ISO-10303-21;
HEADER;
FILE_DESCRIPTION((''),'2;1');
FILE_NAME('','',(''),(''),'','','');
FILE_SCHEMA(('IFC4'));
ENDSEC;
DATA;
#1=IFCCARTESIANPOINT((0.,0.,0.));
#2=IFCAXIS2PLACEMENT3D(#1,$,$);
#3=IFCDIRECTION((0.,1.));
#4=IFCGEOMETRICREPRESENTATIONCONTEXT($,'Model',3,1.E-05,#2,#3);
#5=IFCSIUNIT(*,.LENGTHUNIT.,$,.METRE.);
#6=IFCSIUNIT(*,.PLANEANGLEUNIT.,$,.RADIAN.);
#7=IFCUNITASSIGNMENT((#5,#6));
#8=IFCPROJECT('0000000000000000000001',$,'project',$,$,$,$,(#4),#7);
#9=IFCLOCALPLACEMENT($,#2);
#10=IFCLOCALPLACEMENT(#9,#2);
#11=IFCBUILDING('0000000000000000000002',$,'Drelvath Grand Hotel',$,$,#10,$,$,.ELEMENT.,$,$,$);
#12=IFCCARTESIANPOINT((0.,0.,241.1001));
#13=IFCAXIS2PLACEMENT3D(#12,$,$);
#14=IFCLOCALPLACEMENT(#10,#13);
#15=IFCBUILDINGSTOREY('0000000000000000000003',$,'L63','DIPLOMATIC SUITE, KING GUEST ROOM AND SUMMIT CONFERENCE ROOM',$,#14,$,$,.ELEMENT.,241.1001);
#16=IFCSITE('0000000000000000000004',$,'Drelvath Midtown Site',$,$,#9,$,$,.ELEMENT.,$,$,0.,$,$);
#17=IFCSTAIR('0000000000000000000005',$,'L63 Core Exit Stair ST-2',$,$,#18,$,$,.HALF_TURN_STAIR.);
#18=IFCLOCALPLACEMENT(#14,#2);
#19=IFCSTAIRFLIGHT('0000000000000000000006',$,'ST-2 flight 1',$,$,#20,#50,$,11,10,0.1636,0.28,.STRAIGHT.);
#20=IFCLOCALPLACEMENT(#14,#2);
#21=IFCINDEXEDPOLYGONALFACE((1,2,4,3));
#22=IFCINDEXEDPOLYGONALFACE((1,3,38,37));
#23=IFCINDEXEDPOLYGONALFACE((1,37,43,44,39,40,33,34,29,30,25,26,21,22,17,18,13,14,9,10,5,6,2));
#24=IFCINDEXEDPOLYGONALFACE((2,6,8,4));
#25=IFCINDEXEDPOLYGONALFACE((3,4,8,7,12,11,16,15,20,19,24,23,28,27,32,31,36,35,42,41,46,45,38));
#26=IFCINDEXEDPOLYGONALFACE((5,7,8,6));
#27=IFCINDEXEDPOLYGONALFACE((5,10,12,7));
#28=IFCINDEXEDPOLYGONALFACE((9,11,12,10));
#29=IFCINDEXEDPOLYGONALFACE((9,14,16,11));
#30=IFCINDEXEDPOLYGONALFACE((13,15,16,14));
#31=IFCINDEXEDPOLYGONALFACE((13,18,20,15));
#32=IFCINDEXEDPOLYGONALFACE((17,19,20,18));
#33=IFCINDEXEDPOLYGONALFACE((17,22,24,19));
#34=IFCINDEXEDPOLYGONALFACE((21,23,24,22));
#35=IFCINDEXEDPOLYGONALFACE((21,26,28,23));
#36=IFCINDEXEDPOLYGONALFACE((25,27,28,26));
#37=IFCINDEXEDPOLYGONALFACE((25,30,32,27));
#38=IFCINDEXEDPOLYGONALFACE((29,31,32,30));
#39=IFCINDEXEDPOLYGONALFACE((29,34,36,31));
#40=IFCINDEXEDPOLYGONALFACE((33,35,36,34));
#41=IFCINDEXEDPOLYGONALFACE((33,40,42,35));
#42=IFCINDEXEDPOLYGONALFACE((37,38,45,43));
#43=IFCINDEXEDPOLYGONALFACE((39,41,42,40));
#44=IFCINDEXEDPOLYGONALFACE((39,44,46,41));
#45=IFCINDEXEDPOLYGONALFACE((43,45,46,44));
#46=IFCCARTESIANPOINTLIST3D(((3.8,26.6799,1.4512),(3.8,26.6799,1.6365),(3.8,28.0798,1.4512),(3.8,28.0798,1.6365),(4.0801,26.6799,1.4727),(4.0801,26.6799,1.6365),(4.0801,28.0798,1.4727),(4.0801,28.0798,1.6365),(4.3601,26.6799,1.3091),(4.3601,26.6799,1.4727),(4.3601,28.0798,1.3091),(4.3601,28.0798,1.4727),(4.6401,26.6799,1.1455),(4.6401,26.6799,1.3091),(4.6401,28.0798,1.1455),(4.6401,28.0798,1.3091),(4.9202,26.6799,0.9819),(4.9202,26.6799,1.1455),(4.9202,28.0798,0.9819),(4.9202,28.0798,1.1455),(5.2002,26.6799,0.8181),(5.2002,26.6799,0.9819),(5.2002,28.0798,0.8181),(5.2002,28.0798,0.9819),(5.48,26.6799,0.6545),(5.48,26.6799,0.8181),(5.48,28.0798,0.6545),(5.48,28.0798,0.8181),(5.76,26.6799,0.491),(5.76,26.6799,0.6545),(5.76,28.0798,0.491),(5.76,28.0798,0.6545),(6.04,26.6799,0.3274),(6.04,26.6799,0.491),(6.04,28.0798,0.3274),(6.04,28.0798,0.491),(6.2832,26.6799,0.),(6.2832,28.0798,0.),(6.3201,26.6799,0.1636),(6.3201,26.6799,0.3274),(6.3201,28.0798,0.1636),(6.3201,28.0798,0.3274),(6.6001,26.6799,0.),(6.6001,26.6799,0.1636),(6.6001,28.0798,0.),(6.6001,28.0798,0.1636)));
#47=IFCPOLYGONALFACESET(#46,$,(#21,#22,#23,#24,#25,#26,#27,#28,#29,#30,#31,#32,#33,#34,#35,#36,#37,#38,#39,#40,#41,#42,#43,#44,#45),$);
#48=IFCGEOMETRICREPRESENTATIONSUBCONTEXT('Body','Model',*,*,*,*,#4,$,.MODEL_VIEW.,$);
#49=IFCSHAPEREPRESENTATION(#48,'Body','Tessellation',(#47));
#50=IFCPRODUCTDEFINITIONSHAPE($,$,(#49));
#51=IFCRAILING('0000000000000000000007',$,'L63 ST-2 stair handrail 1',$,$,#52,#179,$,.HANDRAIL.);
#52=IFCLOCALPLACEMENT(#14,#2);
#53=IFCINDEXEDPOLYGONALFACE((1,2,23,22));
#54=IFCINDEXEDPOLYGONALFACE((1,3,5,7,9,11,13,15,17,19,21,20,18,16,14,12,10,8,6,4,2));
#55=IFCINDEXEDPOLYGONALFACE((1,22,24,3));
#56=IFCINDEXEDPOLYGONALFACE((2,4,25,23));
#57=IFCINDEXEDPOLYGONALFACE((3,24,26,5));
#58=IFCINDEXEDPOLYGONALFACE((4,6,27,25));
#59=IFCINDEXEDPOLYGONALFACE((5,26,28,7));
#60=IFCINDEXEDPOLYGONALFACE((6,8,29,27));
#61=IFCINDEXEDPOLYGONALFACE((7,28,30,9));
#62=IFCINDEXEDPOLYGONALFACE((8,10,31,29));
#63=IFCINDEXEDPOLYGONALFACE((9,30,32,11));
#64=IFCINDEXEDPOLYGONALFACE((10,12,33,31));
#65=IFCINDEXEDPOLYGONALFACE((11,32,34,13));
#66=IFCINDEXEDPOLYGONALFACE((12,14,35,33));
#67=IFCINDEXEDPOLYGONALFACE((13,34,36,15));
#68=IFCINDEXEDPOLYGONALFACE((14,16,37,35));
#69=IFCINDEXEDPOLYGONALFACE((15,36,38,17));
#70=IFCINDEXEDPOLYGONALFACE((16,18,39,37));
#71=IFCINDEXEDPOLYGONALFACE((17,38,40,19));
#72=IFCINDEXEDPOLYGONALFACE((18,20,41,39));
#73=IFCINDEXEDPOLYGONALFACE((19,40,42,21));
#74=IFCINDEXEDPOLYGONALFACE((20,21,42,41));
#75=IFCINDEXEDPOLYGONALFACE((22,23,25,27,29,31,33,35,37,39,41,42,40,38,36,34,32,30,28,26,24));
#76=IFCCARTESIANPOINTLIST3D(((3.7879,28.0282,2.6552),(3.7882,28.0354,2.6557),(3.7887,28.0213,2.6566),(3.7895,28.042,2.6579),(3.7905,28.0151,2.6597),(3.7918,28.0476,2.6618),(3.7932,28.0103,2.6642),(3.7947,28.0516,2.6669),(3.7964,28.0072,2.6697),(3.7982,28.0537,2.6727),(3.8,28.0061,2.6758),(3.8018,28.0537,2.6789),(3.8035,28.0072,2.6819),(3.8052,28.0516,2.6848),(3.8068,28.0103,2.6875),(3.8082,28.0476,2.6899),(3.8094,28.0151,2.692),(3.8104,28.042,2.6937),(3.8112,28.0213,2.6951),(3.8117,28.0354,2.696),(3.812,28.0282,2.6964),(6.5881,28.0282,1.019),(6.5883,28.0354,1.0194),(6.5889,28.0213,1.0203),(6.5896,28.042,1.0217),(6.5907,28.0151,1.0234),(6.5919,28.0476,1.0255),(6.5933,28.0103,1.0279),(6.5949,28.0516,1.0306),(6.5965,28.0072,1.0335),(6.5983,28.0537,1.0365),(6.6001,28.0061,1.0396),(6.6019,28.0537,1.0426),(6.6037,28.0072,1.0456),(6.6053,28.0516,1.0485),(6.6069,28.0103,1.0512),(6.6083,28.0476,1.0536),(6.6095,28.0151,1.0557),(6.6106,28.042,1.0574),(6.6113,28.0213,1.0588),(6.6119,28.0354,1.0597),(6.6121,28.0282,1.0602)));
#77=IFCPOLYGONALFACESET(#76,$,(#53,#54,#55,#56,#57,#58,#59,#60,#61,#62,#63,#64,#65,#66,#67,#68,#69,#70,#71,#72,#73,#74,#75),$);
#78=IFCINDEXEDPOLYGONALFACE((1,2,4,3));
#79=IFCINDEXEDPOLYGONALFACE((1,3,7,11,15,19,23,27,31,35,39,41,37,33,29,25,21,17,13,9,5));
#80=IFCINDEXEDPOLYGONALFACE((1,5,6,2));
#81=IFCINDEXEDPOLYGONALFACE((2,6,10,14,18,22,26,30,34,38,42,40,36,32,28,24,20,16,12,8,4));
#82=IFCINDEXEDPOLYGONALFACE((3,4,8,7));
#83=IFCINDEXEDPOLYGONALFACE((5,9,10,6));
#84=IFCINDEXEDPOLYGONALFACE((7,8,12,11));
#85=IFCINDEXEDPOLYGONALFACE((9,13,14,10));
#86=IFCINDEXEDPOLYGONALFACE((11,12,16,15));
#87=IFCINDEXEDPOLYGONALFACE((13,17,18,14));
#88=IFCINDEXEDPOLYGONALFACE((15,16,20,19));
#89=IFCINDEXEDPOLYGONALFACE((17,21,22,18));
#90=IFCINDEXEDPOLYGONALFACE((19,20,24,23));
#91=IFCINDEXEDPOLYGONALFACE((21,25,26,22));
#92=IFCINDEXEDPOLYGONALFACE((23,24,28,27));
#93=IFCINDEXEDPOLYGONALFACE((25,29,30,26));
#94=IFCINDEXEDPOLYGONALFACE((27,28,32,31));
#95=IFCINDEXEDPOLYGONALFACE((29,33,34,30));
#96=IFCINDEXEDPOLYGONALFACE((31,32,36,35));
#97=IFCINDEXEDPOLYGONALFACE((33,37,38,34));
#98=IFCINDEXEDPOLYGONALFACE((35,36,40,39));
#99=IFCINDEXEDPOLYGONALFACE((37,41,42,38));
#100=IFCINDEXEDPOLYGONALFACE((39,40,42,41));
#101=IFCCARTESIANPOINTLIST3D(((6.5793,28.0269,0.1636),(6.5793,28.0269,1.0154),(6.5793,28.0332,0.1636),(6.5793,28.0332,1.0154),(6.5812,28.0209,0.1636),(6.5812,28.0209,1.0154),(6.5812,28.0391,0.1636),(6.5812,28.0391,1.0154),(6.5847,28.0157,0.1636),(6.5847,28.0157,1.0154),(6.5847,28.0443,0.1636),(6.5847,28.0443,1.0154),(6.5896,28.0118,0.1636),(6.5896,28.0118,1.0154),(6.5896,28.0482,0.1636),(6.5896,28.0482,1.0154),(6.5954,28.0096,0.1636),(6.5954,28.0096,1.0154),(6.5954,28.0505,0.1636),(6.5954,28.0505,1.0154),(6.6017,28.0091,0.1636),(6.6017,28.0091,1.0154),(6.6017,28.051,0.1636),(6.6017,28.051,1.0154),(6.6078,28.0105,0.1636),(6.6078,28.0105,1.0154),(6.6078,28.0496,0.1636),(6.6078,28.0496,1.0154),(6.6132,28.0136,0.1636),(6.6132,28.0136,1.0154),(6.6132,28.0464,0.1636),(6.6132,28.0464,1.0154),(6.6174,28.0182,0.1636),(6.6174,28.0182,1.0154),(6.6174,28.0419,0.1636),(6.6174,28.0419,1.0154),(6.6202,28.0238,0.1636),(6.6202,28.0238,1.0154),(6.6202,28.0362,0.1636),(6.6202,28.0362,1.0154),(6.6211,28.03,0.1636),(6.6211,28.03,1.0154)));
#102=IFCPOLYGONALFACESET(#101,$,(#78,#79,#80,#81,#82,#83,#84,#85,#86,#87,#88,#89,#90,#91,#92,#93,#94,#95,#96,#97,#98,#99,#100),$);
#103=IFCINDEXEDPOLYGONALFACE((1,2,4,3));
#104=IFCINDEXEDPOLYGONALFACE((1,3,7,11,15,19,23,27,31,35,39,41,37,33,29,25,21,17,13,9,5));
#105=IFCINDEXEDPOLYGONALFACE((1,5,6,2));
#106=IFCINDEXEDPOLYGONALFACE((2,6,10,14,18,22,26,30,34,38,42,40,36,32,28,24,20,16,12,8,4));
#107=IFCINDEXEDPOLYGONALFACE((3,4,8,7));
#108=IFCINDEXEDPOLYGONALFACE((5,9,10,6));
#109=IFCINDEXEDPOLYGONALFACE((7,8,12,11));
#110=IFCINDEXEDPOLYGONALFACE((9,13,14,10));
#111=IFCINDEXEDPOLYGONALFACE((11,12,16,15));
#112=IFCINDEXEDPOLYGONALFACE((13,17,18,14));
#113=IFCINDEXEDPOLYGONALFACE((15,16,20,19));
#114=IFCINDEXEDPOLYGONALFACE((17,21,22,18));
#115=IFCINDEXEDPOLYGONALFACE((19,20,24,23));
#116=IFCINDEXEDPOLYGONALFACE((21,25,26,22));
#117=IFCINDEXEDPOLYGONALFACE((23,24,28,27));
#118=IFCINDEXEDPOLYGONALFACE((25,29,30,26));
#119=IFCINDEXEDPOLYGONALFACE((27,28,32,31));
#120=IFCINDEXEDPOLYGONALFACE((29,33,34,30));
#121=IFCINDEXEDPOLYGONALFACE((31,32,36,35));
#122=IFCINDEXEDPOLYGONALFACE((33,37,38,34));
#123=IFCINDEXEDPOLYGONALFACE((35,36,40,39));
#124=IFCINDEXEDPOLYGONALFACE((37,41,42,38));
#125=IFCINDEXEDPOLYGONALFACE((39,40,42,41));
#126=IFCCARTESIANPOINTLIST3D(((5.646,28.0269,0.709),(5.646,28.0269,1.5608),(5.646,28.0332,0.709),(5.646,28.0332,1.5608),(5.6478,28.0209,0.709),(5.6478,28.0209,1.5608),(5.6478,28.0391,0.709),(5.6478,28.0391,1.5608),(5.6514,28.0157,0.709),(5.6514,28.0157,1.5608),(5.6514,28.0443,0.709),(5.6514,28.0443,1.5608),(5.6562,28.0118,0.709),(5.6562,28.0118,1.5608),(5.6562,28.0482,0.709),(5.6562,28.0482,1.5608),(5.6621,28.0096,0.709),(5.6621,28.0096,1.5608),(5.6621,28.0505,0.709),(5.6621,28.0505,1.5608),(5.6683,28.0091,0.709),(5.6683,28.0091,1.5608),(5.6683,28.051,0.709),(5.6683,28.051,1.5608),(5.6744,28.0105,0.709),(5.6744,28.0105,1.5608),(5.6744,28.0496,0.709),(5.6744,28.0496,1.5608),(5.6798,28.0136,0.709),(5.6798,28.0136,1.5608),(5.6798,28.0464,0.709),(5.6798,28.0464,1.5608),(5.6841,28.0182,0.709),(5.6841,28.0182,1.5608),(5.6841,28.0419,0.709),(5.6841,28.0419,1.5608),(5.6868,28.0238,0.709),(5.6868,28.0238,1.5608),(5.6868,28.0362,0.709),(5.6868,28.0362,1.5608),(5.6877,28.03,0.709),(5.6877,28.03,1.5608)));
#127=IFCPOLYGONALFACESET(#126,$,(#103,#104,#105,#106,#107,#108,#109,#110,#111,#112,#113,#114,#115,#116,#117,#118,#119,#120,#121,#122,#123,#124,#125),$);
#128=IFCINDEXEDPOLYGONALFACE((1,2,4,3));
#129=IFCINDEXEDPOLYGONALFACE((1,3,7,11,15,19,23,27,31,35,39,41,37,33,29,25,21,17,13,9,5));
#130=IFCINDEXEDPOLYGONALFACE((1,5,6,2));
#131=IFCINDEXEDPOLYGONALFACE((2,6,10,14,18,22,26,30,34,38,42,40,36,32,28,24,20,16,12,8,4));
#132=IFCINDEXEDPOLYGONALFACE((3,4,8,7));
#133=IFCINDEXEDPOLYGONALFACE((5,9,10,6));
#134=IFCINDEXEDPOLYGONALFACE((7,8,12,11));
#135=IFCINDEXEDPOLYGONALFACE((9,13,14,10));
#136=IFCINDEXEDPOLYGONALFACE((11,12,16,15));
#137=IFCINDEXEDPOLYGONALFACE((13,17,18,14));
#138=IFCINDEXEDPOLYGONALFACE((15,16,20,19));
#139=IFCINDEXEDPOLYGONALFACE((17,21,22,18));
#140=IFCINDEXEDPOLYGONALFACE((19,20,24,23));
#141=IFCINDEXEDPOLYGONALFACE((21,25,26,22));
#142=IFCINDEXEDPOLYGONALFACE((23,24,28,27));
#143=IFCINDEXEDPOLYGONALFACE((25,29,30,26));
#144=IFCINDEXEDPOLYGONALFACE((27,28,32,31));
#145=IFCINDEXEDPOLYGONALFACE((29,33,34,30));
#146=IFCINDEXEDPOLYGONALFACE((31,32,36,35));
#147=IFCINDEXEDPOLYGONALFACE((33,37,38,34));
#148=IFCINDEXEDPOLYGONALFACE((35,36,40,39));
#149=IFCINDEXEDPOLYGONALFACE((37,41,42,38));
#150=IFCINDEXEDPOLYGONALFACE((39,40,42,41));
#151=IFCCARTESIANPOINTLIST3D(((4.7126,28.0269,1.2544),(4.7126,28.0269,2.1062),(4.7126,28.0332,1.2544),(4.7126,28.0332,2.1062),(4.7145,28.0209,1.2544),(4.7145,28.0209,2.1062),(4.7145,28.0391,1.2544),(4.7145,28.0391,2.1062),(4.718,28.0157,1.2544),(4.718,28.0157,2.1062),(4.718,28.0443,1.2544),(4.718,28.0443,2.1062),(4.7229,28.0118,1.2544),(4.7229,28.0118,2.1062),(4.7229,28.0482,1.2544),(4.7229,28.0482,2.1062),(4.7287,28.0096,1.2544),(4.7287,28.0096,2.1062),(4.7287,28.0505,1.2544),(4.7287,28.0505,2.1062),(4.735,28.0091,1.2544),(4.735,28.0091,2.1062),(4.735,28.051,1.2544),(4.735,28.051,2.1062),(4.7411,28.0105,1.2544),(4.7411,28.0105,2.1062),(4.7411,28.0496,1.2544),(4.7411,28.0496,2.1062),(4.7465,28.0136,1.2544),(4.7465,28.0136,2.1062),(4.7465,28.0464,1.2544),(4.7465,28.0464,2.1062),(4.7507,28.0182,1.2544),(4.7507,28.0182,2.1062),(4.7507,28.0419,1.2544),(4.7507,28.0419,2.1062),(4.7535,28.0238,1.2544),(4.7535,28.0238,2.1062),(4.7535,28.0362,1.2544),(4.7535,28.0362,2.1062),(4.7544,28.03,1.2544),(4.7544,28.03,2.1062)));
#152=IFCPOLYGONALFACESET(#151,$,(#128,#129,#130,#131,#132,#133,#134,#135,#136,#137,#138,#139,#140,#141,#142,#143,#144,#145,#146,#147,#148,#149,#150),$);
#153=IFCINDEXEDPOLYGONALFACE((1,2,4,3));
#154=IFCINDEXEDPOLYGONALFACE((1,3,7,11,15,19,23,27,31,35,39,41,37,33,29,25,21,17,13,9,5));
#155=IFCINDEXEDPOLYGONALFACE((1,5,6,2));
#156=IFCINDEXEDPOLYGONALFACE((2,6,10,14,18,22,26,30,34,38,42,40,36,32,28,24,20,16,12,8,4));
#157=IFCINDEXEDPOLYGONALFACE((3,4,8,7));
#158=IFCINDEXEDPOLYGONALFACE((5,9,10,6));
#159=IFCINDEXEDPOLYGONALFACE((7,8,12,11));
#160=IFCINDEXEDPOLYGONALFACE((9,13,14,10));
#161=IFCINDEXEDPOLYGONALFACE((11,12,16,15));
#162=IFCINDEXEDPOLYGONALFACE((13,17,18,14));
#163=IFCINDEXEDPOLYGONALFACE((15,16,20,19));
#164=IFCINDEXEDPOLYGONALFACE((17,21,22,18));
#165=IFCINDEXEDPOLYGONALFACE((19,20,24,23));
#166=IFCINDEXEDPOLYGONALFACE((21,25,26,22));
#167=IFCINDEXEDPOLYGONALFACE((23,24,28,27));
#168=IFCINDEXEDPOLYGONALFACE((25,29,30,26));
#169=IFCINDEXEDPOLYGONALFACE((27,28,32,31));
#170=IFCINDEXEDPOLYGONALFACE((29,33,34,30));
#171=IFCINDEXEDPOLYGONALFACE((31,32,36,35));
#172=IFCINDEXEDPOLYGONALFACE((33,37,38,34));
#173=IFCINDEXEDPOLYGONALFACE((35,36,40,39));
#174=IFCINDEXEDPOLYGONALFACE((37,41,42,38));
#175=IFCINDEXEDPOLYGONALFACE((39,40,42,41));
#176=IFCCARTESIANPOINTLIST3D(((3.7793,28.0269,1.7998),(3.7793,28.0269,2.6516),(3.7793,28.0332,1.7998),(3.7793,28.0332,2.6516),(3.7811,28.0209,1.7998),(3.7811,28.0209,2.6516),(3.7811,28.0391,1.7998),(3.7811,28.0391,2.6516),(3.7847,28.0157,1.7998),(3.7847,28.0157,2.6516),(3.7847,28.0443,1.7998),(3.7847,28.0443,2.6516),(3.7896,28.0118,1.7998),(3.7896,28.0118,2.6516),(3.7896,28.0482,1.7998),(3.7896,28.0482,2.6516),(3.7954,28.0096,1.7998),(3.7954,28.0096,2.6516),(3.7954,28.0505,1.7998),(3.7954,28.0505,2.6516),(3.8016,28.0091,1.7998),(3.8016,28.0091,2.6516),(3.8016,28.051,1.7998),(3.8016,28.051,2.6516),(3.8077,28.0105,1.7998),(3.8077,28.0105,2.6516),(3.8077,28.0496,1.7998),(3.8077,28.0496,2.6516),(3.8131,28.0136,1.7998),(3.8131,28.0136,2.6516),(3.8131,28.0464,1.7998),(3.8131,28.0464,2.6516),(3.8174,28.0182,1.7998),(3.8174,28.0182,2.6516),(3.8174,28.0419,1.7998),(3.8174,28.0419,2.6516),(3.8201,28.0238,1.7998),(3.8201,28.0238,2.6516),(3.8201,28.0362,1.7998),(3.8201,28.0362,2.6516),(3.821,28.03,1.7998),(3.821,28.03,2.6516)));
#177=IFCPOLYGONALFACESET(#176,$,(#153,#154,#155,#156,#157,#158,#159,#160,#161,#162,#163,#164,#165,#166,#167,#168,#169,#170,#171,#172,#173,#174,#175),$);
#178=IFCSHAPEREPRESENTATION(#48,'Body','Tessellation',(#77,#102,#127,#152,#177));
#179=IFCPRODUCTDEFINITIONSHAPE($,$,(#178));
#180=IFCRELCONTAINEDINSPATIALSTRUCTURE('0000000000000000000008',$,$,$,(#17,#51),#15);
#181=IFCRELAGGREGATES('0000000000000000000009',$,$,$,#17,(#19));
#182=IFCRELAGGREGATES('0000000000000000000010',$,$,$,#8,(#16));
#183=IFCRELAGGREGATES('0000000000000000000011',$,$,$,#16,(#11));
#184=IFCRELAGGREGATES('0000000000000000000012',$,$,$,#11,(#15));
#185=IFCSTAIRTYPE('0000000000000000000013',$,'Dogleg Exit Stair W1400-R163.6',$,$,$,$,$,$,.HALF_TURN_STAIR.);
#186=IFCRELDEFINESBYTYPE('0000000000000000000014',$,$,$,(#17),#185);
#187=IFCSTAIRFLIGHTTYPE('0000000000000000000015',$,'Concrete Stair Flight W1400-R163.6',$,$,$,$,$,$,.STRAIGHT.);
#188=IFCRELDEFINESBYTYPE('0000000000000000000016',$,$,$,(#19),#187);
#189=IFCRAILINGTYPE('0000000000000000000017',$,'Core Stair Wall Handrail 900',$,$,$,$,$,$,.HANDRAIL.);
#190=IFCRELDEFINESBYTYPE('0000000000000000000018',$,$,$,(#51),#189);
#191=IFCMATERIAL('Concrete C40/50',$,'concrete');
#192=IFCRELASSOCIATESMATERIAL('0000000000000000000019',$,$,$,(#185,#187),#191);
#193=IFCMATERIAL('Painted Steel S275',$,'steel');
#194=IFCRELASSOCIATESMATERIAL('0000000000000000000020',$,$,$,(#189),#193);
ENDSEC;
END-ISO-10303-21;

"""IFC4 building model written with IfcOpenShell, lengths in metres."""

from ifc_helpers import new_model, si_unit, direction, frame, origin, origin_2d, place, context, subcontext, project, spatial, polyline, circle, outline, extrude, material, type_object, element, aggregate, save


model = new_model("IFC4")

# Units and contexts
model_context = context("Model", 3, precision=1e-05, world=origin(), true_north=direction((0.0, 1.0)))
body_context = subcontext(model_context, "Body", "Model", "MODEL_VIEW")
ifc_project = project(units=[si_unit("LENGTHUNIT", "METRE"), si_unit("PLANEANGLEUNIT", "RADIAN")], contexts=[model_context])

# Site, building, storey
site_placement = place(None, origin())
site = spatial("IfcSite", under=ifc_project, at=site_placement, Name="Drelvath Midtown Site", CompositionType="ELEMENT", RefElevation=0.0)
building_placement = place(site_placement, origin())
building = spatial("IfcBuilding", under=site, at=building_placement, Name="Drelvath Grand Hotel", CompositionType="ELEMENT")
storey_placement = place(building_placement, frame((0.0, 0.0, 241.1001)))
storey = spatial("IfcBuildingStorey", under=building, at=storey_placement, Name="L63", Description="DIPLOMATIC SUITE, KING GUEST ROOM AND SUMMIT CONFERENCE ROOM", CompositionType="ELEMENT", Elevation=241.1001)

# Shared definitions
ifc_material_1 = material(Name="Concrete C40/50", Category="concrete")

# Shared definitions
ifc_material_2 = material(Name="Painted Steel S275", Category="steel")

# Stair, stair flight
stair_type = type_object("IfcStairType", Name="Dogleg Exit Stair W1400-R163.6", PredefinedType="HALF_TURN_STAIR", material=ifc_material_1)
stair_placement = place(storey_placement, origin())
stair = element("IfcStair", 1, at=stair_placement, inside=storey, type_object=stair_type, Name="L63 Core Exit Stair ST-2", PredefinedType="HALF_TURN_STAIR")
stair_flight_type = type_object("IfcStairFlightType", Name="Concrete Stair Flight W1400-R163.6", PredefinedType="STRAIGHT", material=ifc_material_1)
stair_flight_placement = place(storey_placement, frame((6.6001, 27.3799, 0.0), z_axis=(0.0, 0.0, 1.0), x_axis=(-1.0, 0.0, 0.0)))
stair_flight = element("IfcStairFlight", 2, at=stair_flight_placement, type_object=stair_flight_type, Name="ST-2 flight 1", NumberOfRisers=11, NumberOfTreads=10, PredefinedType="STRAIGHT", RiserHeight=0.1636, TreadLength=0.28, context=body_context, shape_type="SweptSolid", body=[
    extrude(outline(polyline([(0.0, 0.0), (0.0, 0.1636), (0.28, 0.1636), (0.28, 0.3274), (0.5601, 0.3274), (0.5601, 0.491), (0.8401, 0.491), (0.8401, 0.6545), (1.1201, 0.6545), (1.1201, 0.8181), (1.3999, 0.8181), (1.3999, 0.9819), (1.6799, 0.9819), (1.6799, 1.1455), (1.96, 1.1455), (1.96, 1.3091), (2.24, 1.3091), (2.24, 1.4727), (2.52, 1.4727), (2.52, 1.6365), (2.8, 1.6365), (2.8, 1.8), (2.8, 1.4512), (0.3169, 0.0), (0.0, 0.0)])), frame((0.0, 0.7, 0.0), z_axis=(0.0, -1.0, 0.0), x_axis=(1.0, 0.0, 0.0)), (0.0, 0.0, 1.0), 1.3999),
])
aggregate(stair, [stair_flight])

# Railing
railing_type = type_object("IfcRailingType", Name="Core Stair Wall Handrail 900", PredefinedType="HANDRAIL", material=ifc_material_2)
railing_placement = place(storey_placement, frame((6.6001, 28.03, 0.1636)))
element("IfcRailing", 3, at=railing_placement, inside=storey, type_object=railing_type, Name="L63 ST-2 stair handrail 1", PredefinedType="HANDRAIL", context=body_context, shape_type="SweptSolid", body=[
    extrude(circle(Radius=0.0239, at=origin_2d()), frame((0.0, 0.0, 0.876), z_axis=(-0.863394, 0.0, 0.504531), x_axis=(0.0, -1.0, 0.0)), (0.0, 0.0, 1.0), 3.2432),
    extrude(circle(Radius=0.021, at=origin_2d()), origin(), (0.0, 0.0, 1.0), 0.8518),
    extrude(circle(Radius=0.021, at=origin_2d()), frame((-0.9333, 0.0, 0.5454)), (0.0, 0.0, 1.0), 0.8518),
    extrude(circle(Radius=0.021, at=origin_2d()), frame((-1.8667, 0.0, 1.0908)), (0.0, 0.0, 1.0), 0.8518),
    extrude(circle(Radius=0.021, at=origin_2d()), frame((-2.8, 0.0, 1.6362)), (0.0, 0.0, 1.0), 0.8518),
])

save(model, "model.ifc")
